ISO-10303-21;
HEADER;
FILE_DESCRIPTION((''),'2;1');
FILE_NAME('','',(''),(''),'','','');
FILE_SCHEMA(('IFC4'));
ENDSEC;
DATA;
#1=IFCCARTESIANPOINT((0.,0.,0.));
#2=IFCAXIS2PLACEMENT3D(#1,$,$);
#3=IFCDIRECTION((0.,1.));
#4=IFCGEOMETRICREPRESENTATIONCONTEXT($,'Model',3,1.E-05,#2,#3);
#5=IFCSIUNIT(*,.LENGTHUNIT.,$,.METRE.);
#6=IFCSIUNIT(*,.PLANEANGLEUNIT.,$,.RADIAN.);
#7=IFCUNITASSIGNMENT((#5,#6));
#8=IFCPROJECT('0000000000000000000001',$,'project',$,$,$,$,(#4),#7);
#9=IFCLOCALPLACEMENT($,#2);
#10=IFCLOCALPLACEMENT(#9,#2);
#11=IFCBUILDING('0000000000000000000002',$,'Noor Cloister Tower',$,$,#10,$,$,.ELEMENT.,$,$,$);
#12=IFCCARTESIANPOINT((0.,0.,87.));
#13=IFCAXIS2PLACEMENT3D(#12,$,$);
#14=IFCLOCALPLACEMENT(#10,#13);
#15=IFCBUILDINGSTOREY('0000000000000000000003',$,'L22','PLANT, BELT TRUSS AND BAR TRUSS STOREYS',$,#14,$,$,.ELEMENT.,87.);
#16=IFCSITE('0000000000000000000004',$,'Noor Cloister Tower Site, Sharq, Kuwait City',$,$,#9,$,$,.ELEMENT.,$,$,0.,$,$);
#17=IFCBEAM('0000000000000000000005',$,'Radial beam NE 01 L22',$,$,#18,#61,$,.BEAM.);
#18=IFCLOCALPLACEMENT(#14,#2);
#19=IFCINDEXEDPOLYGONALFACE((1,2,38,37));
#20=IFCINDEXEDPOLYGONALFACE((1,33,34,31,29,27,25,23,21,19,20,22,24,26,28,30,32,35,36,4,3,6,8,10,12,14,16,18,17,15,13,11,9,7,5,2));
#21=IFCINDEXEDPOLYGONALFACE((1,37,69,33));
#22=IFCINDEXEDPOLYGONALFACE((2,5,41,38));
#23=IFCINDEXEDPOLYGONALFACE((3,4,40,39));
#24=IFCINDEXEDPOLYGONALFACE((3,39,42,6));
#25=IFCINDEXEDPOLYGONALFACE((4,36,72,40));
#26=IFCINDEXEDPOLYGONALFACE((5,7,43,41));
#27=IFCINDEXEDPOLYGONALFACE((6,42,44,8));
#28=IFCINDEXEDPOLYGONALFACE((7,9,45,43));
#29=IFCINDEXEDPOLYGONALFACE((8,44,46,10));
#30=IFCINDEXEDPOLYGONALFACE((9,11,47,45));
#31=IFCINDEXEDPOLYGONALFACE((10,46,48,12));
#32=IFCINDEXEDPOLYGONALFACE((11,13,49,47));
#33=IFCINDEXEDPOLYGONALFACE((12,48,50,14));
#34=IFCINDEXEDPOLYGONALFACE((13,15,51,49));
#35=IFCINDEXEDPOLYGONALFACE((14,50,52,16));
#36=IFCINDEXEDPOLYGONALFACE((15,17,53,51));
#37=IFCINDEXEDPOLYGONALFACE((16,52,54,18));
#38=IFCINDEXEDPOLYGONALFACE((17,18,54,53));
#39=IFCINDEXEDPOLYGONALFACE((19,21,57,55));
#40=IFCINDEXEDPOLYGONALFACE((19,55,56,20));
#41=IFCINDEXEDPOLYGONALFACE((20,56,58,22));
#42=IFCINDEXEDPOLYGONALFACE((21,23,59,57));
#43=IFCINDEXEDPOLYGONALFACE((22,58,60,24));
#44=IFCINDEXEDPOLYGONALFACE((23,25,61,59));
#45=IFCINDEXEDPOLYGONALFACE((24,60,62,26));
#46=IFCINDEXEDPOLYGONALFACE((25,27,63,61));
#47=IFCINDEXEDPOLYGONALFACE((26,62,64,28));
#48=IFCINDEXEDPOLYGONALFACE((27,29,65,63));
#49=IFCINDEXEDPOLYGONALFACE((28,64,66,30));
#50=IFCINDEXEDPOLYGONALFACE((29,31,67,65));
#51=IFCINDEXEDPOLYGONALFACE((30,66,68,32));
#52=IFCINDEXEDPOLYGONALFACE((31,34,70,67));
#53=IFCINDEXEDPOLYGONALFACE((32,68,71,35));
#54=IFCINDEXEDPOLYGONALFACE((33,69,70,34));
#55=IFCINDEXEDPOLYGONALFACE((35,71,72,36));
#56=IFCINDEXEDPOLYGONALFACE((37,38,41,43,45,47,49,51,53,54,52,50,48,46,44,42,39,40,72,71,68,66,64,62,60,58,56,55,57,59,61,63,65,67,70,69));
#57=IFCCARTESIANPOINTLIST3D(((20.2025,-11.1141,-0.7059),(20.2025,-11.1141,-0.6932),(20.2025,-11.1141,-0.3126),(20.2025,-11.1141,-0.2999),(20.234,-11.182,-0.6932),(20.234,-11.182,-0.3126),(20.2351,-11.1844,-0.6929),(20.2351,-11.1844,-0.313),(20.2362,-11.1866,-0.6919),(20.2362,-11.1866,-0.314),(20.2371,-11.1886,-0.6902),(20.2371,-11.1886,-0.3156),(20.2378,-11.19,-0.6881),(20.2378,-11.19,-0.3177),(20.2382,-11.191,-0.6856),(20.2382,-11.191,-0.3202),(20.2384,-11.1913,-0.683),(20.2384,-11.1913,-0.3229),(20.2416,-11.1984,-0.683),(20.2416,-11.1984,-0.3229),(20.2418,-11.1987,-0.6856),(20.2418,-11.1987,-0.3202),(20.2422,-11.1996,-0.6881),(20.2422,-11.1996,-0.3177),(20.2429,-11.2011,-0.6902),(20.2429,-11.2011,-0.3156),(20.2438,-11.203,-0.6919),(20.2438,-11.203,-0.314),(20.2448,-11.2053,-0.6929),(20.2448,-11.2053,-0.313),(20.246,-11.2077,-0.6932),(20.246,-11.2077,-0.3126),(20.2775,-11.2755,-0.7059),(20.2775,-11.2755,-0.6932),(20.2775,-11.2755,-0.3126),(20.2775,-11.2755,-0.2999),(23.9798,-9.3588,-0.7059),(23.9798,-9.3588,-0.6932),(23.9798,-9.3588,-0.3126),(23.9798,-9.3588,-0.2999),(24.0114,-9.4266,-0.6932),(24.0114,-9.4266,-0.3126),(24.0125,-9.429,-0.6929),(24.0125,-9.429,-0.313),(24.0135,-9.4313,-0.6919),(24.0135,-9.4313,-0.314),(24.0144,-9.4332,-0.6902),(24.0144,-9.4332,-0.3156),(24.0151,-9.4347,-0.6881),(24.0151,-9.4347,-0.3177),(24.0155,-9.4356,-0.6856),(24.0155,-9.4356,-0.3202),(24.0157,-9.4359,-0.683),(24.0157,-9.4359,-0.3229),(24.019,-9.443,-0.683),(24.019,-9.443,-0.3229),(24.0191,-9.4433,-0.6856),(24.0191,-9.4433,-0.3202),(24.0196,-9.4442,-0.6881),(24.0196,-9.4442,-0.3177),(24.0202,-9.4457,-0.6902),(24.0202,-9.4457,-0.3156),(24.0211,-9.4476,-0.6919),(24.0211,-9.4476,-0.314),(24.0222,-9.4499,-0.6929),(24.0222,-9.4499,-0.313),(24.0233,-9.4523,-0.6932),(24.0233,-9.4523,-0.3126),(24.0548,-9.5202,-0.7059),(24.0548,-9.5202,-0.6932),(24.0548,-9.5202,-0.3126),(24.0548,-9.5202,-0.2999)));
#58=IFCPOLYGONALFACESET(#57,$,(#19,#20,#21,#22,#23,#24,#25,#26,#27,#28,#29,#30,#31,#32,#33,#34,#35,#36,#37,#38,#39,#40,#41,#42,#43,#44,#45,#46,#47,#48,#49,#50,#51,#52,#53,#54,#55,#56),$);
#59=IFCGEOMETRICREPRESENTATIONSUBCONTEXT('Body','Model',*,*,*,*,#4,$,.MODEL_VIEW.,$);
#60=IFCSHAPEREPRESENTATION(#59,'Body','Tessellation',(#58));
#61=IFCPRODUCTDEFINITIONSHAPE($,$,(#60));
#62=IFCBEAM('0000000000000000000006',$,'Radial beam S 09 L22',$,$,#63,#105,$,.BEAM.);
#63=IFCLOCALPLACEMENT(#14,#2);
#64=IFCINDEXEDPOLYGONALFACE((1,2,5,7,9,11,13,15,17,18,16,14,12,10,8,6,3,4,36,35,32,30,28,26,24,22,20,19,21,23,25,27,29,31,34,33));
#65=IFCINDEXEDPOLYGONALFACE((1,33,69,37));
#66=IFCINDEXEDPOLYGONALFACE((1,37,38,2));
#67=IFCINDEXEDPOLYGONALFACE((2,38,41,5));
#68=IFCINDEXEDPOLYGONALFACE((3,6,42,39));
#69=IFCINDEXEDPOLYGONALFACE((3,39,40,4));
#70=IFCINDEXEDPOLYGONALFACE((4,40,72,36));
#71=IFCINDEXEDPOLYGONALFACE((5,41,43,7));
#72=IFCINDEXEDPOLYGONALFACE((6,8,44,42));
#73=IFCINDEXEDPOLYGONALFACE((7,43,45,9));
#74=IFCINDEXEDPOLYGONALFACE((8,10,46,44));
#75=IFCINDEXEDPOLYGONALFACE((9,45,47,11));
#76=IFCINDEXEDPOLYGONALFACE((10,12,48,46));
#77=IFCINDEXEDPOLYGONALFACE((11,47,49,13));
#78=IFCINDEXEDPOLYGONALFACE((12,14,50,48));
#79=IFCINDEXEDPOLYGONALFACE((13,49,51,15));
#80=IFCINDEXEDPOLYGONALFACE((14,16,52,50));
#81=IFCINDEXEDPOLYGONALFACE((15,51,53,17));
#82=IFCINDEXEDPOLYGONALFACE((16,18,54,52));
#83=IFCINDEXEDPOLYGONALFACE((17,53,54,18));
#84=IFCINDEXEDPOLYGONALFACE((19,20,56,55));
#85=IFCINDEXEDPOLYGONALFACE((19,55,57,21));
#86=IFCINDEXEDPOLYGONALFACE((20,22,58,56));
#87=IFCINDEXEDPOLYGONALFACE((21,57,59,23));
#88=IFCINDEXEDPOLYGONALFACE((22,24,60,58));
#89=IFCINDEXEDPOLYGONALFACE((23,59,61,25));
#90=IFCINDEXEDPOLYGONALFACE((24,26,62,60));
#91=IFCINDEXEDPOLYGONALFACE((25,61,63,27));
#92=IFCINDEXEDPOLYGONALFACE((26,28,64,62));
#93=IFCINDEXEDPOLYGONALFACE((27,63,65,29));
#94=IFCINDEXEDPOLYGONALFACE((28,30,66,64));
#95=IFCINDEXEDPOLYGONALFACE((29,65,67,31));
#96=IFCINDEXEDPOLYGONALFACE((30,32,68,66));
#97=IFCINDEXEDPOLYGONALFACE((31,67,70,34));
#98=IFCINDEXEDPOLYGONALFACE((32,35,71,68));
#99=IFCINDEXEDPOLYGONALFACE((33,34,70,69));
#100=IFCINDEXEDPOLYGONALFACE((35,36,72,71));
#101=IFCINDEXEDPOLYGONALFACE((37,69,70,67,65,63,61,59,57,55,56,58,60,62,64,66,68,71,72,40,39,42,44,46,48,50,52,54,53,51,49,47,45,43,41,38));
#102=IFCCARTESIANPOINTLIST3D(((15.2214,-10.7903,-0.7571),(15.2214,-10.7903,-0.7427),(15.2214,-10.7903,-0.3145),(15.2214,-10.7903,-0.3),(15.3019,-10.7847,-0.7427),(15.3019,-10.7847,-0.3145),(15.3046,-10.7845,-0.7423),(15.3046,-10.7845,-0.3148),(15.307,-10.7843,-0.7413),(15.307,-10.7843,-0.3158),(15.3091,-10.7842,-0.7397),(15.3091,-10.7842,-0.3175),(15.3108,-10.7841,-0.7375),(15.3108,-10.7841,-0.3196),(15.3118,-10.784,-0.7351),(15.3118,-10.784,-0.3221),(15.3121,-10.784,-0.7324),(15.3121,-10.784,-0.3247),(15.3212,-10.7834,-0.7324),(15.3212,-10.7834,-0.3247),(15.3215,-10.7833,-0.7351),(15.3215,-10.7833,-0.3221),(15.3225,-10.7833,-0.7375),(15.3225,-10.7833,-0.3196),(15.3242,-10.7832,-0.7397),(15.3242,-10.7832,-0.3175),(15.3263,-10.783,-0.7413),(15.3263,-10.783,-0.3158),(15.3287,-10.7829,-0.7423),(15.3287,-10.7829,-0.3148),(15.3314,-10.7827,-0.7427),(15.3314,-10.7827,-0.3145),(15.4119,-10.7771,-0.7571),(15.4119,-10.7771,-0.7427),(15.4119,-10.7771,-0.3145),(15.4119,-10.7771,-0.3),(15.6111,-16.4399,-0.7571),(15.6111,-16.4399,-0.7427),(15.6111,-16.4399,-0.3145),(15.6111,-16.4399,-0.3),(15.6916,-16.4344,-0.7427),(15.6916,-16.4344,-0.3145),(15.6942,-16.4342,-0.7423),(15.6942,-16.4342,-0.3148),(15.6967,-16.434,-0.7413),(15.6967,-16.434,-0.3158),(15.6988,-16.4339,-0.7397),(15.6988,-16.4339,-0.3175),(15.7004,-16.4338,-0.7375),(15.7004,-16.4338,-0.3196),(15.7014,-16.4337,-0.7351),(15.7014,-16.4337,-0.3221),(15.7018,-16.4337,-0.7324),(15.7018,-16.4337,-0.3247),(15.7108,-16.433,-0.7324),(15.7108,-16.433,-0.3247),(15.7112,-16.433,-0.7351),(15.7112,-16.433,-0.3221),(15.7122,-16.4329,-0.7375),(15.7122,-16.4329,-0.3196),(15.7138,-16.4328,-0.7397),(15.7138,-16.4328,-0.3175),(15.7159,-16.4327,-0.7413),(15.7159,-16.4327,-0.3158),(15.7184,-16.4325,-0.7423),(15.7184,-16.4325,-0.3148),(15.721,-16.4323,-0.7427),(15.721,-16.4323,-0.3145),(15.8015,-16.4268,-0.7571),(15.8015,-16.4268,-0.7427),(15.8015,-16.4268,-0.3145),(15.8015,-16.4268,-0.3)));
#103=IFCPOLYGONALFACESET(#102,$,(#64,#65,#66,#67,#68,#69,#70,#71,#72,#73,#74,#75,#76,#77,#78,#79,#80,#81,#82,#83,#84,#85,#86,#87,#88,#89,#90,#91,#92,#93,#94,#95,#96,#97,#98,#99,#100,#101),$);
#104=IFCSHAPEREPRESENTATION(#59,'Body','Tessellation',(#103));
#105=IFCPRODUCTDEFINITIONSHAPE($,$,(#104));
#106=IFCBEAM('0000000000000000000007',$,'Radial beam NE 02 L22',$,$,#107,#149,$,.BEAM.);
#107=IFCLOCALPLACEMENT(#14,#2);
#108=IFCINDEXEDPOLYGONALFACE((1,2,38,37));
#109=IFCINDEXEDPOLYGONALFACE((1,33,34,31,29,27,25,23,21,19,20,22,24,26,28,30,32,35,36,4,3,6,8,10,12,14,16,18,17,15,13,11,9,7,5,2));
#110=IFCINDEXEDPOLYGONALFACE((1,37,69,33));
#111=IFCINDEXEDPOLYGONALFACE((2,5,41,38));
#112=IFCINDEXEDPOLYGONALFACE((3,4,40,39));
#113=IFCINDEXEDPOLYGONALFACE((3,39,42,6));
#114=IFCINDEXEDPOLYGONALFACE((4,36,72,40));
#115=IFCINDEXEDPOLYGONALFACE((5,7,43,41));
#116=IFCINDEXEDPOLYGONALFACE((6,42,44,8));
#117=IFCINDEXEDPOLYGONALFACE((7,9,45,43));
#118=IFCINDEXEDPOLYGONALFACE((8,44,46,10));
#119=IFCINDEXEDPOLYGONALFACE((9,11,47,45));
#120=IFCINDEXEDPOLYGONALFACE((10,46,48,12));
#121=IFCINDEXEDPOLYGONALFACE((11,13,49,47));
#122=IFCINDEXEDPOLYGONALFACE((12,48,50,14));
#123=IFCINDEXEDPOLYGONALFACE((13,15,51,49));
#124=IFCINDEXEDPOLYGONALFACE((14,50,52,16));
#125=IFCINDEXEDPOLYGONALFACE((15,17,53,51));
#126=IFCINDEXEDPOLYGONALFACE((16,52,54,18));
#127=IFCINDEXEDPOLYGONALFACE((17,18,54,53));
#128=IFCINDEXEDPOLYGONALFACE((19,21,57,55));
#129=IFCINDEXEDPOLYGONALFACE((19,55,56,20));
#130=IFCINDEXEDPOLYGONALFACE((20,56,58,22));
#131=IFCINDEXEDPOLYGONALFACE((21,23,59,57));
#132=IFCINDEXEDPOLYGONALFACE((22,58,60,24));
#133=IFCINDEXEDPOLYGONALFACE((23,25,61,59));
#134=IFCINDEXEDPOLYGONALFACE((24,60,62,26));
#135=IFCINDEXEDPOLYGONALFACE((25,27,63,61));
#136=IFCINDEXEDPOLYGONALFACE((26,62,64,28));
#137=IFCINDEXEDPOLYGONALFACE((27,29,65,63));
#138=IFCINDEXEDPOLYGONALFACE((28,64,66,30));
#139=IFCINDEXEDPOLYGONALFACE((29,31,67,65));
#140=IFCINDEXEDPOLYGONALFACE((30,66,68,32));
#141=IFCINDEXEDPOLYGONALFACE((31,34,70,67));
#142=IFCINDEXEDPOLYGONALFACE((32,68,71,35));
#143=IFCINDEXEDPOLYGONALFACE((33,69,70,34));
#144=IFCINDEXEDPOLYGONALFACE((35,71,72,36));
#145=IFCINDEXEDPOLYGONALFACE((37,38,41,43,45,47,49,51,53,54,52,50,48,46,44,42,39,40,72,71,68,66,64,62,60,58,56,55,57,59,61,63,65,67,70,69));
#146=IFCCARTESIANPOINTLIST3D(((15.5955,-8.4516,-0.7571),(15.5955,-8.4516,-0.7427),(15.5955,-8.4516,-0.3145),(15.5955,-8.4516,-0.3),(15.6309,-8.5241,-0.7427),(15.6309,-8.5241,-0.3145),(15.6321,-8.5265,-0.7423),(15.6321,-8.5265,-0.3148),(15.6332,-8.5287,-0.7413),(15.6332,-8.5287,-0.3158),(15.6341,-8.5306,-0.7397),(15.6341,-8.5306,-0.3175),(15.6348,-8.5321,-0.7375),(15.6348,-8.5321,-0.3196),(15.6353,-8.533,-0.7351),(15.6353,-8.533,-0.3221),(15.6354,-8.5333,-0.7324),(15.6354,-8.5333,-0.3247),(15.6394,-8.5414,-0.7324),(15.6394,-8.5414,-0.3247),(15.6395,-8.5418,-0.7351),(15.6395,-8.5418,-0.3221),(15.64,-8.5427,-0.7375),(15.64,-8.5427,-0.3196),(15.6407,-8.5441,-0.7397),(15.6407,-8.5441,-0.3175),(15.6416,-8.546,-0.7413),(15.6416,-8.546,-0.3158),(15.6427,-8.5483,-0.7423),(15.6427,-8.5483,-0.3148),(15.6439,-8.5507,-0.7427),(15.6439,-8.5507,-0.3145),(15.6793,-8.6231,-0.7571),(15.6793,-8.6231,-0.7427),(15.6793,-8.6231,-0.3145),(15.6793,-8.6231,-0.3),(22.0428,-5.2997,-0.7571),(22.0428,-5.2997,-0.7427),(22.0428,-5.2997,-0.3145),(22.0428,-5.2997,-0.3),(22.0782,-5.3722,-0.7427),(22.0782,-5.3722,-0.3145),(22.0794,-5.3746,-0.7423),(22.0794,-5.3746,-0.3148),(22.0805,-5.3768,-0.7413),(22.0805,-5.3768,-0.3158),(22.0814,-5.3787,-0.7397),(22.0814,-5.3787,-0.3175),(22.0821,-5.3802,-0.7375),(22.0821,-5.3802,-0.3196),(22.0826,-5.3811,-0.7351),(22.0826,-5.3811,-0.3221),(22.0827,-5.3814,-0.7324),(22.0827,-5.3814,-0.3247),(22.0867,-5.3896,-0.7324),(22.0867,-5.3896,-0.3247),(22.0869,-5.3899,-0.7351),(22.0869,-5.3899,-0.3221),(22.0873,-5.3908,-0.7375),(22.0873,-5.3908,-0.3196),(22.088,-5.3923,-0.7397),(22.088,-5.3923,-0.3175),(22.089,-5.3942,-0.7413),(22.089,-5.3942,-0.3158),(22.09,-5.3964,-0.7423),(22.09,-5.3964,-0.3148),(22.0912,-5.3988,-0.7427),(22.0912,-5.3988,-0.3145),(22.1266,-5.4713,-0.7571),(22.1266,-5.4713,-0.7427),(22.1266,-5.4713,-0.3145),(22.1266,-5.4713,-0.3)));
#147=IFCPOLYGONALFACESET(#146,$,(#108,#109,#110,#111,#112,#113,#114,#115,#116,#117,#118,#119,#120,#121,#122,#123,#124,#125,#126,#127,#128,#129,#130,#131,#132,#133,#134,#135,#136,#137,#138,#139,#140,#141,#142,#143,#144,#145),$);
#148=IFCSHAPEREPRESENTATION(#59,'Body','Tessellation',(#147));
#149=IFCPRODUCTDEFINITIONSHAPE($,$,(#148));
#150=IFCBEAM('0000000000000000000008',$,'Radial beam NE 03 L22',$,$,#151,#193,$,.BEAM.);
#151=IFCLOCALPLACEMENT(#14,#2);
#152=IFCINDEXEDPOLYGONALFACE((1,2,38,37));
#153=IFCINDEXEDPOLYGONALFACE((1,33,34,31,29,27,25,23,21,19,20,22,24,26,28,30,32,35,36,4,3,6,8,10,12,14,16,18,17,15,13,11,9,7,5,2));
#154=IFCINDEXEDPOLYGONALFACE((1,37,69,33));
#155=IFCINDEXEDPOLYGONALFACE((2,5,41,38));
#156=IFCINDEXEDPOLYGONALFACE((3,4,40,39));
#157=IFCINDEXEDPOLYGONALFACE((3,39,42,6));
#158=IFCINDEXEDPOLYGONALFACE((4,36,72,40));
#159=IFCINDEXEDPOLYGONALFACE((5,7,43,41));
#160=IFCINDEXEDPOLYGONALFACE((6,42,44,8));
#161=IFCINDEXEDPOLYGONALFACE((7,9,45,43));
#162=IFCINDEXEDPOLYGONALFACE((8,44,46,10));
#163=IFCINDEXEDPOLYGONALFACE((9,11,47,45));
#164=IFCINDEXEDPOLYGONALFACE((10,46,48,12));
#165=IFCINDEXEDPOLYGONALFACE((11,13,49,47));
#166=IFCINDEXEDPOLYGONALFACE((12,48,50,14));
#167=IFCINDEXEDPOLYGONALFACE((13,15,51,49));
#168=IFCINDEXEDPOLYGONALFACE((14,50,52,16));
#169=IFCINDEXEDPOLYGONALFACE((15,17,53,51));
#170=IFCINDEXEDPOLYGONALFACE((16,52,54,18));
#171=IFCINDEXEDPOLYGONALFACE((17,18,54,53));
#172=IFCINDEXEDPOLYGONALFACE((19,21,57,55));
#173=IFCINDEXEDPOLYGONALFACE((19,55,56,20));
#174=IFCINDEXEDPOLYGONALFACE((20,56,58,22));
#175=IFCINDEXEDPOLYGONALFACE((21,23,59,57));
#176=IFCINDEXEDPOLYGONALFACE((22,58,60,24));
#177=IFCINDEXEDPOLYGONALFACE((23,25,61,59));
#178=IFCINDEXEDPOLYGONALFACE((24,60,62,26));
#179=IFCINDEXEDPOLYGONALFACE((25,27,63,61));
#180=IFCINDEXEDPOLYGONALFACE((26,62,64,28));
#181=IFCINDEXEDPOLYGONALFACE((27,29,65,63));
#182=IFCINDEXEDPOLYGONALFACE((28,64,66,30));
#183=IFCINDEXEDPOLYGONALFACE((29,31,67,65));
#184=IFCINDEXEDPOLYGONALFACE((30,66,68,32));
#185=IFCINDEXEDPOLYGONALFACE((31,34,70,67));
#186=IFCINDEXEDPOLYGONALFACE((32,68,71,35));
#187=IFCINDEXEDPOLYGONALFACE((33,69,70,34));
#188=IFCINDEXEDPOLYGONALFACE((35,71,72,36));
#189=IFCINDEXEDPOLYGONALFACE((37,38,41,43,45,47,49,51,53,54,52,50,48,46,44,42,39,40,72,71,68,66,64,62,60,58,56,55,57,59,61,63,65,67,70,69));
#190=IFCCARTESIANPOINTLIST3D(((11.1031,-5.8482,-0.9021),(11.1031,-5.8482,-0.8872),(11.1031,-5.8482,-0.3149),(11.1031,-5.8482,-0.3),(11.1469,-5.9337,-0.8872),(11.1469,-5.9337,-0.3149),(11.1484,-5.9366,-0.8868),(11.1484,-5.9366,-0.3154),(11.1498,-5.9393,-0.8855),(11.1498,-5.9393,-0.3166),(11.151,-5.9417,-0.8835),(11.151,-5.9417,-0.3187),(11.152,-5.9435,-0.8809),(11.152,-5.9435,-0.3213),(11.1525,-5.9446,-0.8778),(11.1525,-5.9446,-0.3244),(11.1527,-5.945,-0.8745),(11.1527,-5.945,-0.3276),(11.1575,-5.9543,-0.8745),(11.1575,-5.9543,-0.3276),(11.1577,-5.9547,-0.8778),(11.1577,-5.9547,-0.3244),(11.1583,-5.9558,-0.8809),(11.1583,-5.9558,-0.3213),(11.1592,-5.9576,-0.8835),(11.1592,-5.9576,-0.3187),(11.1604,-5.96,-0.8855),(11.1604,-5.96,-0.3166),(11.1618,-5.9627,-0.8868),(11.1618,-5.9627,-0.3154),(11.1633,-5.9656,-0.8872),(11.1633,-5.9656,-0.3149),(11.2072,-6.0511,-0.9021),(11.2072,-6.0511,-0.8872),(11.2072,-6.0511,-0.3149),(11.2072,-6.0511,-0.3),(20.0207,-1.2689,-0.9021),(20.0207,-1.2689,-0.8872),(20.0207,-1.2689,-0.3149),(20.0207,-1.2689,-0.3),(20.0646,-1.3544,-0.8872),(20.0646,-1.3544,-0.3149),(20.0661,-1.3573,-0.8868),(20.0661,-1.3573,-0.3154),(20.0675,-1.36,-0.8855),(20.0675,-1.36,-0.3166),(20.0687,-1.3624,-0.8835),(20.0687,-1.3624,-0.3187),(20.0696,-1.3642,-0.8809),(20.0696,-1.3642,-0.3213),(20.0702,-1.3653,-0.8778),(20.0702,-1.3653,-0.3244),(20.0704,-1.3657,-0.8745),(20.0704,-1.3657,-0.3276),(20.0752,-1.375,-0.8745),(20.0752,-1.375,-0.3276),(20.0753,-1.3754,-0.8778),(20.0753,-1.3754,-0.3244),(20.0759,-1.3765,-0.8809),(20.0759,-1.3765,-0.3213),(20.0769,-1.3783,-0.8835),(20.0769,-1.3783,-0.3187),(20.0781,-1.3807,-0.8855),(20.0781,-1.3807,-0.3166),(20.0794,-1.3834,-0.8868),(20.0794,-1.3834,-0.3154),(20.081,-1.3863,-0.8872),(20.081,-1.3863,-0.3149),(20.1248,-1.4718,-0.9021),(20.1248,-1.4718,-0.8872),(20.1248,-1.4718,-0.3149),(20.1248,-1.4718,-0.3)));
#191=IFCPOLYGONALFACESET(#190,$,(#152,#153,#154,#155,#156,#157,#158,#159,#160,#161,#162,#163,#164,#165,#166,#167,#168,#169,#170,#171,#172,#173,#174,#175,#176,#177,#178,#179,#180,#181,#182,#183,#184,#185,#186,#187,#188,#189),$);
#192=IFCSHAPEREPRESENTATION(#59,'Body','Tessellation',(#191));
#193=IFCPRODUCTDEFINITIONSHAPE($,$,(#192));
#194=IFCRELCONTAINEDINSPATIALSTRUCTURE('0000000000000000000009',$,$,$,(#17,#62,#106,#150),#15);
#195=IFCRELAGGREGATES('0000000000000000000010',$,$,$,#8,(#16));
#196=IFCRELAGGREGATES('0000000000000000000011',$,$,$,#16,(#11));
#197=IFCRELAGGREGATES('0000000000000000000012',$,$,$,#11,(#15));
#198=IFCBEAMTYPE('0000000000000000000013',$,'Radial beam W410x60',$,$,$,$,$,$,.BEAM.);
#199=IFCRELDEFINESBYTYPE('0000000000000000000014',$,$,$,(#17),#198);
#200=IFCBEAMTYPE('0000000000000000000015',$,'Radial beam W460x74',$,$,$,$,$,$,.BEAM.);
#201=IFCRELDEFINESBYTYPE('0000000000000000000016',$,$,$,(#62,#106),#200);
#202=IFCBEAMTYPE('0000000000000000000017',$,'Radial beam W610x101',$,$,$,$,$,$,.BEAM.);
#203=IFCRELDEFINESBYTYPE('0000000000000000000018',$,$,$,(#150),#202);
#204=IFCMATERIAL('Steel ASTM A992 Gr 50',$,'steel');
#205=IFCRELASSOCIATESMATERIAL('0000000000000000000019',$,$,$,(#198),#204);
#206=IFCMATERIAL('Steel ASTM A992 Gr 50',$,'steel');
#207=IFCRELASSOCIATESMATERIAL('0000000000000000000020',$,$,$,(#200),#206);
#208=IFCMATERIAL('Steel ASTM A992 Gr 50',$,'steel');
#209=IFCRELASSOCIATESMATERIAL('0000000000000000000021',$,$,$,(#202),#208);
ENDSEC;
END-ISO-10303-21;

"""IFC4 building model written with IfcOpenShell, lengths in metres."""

from ifc_helpers import new_model, si_unit, direction, frame, origin, origin_2d, place, context, subcontext, project, spatial, i_section, extrude, material, material_profile, profile_set, type_object, element, save


model = new_model("IFC4")

# Units and contexts
model_context = context("Model", 3, precision=1e-05, world=origin(), true_north=direction((0.0, 1.0)))
body_context = subcontext(model_context, "Body", "Model", "MODEL_VIEW")
ifc_project = project(units=[si_unit("LENGTHUNIT", "METRE"), si_unit("PLANEANGLEUNIT", "RADIAN")], contexts=[model_context])

# Site, building, storey
site_placement = place(None, origin())
site = spatial("IfcSite", under=ifc_project, at=site_placement, Name="Noor Cloister Tower Site, Sharq, Kuwait City", CompositionType="ELEMENT", RefElevation=0.0)
building_placement = place(site_placement, origin())
building = spatial("IfcBuilding", under=site, at=building_placement, Name="Noor Cloister Tower", CompositionType="ELEMENT")
storey_placement = place(building_placement, frame((0.0, 0.0, 87.0)))
storey = spatial("IfcBuildingStorey", under=building, at=storey_placement, Name="L22", Description="PLANT, BELT TRUSS AND BAR TRUSS STOREYS", CompositionType="ELEMENT", Elevation=87.0)

# Beams
ifc_material_1 = material(Name="Steel ASTM A992 Gr 50", Category="steel")
ifc_material_profile_1 = material_profile(ifc_material_1, i_section(OverallWidth=0.178, OverallDepth=0.406, WebThickness=0.0078, FlangeThickness=0.0127, FilletRadius=0.0103, at=origin_2d()), Name="W410x60")
ifc_profile_set_1 = profile_set([ifc_material_profile_1], Name="Steel ASTM A992 Gr 50")
beam_type_1 = type_object("IfcBeamType", Name="Radial beam W410x60", PredefinedType="BEAM", material=ifc_profile_set_1)
beam_1_placement = place(storey_placement, frame((24.0173, -9.4395, -0.5029), z_axis=(-0.906862, -0.421428, 0.0), x_axis=(0.421428, -0.906862, 0.0)))
element("IfcBeam", 1, at=beam_1_placement, inside=storey, type_object=beam_type_1, Name="Radial beam NE 01 L22", PredefinedType="BEAM", context=body_context, shape_type="SweptSolid", body=[
    extrude(i_section(OverallWidth=0.178, OverallDepth=0.406, WebThickness=0.0078, FlangeThickness=0.0127, FilletRadius=0.0103, at=origin_2d()), origin(), (0.0, 0.0, 1.0), 4.1653),
])
ifc_material_2 = material(Name="Steel ASTM A992 Gr 50", Category="steel")
ifc_material_profile_2 = material_profile(ifc_material_2, i_section(OverallWidth=0.1909, OverallDepth=0.457, WebThickness=0.009, FlangeThickness=0.0144, FilletRadius=0.0103, at=origin_2d()), Name="W460x74")
ifc_profile_set_2 = profile_set([ifc_material_profile_2], Name="Steel ASTM A992 Gr 50")
beam_type_2 = type_object("IfcBeamType", Name="Radial beam W460x74", PredefinedType="BEAM", material=ifc_profile_set_2)
beam_2_placement = place(storey_placement, frame((15.7063, -16.4333, -0.5286), z_axis=(-0.068805, 0.99763, 0.0), x_axis=(-0.99763, -0.068805, 0.0)))
element("IfcBeam", 2, at=beam_2_placement, inside=storey, type_object=beam_type_2, Name="Radial beam S 09 L22", PredefinedType="BEAM", context=body_context, shape_type="SweptSolid", body=[
    extrude(i_section(OverallWidth=0.1909, OverallDepth=0.457, WebThickness=0.009, FlangeThickness=0.0144, FilletRadius=0.0103, at=origin_2d()), origin(), (0.0, 0.0, 1.0), 5.6631),
])
beam_3_placement = place(storey_placement, frame((22.0847, -5.3855, -0.5286), z_axis=(-0.898392, -0.439194, 0.0), x_axis=(0.439194, -0.898392, 0.0)))
element("IfcBeam", 3, at=beam_3_placement, inside=storey, type_object=beam_type_2, Name="Radial beam NE 02 L22", PredefinedType="BEAM", context=body_context, shape_type="SweptSolid", body=[
    extrude(i_section(OverallWidth=0.1909, OverallDepth=0.457, WebThickness=0.009, FlangeThickness=0.0144, FilletRadius=0.0103, at=origin_2d()), origin(), (0.0, 0.0, 1.0), 7.1765),
])
ifc_material_3 = material(Name="Steel ASTM A992 Gr 50", Category="steel")
ifc_material_profile_3 = material_profile(ifc_material_3, i_section(OverallWidth=0.228, OverallDepth=0.6021, WebThickness=0.0105, FlangeThickness=0.0149, FilletRadius=0.0127, at=origin_2d()), Name="W610x101")
ifc_profile_set_3 = profile_set([ifc_material_profile_3], Name="Steel ASTM A992 Gr 50")
beam_type_3 = type_object("IfcBeamType", Name="Radial beam W610x101", PredefinedType="BEAM", material=ifc_profile_set_3)
beam_4_placement = place(storey_placement, frame((20.0728, -1.3704, -0.6011), z_axis=(-0.889568, -0.456803, 0.0), x_axis=(0.456803, -0.889568, 0.0)))
element("IfcBeam", 4, at=beam_4_placement, inside=storey, type_object=beam_type_3, Name="Radial beam NE 03 L22", PredefinedType="BEAM", context=body_context, shape_type="SweptSolid", body=[
    extrude(i_section(OverallWidth=0.228, OverallDepth=0.6021, WebThickness=0.0105, FlangeThickness=0.0149, FilletRadius=0.0127, at=origin_2d()), origin(), (0.0, 0.0, 1.0), 10.0247),
])

save(model, "model.ifc")
